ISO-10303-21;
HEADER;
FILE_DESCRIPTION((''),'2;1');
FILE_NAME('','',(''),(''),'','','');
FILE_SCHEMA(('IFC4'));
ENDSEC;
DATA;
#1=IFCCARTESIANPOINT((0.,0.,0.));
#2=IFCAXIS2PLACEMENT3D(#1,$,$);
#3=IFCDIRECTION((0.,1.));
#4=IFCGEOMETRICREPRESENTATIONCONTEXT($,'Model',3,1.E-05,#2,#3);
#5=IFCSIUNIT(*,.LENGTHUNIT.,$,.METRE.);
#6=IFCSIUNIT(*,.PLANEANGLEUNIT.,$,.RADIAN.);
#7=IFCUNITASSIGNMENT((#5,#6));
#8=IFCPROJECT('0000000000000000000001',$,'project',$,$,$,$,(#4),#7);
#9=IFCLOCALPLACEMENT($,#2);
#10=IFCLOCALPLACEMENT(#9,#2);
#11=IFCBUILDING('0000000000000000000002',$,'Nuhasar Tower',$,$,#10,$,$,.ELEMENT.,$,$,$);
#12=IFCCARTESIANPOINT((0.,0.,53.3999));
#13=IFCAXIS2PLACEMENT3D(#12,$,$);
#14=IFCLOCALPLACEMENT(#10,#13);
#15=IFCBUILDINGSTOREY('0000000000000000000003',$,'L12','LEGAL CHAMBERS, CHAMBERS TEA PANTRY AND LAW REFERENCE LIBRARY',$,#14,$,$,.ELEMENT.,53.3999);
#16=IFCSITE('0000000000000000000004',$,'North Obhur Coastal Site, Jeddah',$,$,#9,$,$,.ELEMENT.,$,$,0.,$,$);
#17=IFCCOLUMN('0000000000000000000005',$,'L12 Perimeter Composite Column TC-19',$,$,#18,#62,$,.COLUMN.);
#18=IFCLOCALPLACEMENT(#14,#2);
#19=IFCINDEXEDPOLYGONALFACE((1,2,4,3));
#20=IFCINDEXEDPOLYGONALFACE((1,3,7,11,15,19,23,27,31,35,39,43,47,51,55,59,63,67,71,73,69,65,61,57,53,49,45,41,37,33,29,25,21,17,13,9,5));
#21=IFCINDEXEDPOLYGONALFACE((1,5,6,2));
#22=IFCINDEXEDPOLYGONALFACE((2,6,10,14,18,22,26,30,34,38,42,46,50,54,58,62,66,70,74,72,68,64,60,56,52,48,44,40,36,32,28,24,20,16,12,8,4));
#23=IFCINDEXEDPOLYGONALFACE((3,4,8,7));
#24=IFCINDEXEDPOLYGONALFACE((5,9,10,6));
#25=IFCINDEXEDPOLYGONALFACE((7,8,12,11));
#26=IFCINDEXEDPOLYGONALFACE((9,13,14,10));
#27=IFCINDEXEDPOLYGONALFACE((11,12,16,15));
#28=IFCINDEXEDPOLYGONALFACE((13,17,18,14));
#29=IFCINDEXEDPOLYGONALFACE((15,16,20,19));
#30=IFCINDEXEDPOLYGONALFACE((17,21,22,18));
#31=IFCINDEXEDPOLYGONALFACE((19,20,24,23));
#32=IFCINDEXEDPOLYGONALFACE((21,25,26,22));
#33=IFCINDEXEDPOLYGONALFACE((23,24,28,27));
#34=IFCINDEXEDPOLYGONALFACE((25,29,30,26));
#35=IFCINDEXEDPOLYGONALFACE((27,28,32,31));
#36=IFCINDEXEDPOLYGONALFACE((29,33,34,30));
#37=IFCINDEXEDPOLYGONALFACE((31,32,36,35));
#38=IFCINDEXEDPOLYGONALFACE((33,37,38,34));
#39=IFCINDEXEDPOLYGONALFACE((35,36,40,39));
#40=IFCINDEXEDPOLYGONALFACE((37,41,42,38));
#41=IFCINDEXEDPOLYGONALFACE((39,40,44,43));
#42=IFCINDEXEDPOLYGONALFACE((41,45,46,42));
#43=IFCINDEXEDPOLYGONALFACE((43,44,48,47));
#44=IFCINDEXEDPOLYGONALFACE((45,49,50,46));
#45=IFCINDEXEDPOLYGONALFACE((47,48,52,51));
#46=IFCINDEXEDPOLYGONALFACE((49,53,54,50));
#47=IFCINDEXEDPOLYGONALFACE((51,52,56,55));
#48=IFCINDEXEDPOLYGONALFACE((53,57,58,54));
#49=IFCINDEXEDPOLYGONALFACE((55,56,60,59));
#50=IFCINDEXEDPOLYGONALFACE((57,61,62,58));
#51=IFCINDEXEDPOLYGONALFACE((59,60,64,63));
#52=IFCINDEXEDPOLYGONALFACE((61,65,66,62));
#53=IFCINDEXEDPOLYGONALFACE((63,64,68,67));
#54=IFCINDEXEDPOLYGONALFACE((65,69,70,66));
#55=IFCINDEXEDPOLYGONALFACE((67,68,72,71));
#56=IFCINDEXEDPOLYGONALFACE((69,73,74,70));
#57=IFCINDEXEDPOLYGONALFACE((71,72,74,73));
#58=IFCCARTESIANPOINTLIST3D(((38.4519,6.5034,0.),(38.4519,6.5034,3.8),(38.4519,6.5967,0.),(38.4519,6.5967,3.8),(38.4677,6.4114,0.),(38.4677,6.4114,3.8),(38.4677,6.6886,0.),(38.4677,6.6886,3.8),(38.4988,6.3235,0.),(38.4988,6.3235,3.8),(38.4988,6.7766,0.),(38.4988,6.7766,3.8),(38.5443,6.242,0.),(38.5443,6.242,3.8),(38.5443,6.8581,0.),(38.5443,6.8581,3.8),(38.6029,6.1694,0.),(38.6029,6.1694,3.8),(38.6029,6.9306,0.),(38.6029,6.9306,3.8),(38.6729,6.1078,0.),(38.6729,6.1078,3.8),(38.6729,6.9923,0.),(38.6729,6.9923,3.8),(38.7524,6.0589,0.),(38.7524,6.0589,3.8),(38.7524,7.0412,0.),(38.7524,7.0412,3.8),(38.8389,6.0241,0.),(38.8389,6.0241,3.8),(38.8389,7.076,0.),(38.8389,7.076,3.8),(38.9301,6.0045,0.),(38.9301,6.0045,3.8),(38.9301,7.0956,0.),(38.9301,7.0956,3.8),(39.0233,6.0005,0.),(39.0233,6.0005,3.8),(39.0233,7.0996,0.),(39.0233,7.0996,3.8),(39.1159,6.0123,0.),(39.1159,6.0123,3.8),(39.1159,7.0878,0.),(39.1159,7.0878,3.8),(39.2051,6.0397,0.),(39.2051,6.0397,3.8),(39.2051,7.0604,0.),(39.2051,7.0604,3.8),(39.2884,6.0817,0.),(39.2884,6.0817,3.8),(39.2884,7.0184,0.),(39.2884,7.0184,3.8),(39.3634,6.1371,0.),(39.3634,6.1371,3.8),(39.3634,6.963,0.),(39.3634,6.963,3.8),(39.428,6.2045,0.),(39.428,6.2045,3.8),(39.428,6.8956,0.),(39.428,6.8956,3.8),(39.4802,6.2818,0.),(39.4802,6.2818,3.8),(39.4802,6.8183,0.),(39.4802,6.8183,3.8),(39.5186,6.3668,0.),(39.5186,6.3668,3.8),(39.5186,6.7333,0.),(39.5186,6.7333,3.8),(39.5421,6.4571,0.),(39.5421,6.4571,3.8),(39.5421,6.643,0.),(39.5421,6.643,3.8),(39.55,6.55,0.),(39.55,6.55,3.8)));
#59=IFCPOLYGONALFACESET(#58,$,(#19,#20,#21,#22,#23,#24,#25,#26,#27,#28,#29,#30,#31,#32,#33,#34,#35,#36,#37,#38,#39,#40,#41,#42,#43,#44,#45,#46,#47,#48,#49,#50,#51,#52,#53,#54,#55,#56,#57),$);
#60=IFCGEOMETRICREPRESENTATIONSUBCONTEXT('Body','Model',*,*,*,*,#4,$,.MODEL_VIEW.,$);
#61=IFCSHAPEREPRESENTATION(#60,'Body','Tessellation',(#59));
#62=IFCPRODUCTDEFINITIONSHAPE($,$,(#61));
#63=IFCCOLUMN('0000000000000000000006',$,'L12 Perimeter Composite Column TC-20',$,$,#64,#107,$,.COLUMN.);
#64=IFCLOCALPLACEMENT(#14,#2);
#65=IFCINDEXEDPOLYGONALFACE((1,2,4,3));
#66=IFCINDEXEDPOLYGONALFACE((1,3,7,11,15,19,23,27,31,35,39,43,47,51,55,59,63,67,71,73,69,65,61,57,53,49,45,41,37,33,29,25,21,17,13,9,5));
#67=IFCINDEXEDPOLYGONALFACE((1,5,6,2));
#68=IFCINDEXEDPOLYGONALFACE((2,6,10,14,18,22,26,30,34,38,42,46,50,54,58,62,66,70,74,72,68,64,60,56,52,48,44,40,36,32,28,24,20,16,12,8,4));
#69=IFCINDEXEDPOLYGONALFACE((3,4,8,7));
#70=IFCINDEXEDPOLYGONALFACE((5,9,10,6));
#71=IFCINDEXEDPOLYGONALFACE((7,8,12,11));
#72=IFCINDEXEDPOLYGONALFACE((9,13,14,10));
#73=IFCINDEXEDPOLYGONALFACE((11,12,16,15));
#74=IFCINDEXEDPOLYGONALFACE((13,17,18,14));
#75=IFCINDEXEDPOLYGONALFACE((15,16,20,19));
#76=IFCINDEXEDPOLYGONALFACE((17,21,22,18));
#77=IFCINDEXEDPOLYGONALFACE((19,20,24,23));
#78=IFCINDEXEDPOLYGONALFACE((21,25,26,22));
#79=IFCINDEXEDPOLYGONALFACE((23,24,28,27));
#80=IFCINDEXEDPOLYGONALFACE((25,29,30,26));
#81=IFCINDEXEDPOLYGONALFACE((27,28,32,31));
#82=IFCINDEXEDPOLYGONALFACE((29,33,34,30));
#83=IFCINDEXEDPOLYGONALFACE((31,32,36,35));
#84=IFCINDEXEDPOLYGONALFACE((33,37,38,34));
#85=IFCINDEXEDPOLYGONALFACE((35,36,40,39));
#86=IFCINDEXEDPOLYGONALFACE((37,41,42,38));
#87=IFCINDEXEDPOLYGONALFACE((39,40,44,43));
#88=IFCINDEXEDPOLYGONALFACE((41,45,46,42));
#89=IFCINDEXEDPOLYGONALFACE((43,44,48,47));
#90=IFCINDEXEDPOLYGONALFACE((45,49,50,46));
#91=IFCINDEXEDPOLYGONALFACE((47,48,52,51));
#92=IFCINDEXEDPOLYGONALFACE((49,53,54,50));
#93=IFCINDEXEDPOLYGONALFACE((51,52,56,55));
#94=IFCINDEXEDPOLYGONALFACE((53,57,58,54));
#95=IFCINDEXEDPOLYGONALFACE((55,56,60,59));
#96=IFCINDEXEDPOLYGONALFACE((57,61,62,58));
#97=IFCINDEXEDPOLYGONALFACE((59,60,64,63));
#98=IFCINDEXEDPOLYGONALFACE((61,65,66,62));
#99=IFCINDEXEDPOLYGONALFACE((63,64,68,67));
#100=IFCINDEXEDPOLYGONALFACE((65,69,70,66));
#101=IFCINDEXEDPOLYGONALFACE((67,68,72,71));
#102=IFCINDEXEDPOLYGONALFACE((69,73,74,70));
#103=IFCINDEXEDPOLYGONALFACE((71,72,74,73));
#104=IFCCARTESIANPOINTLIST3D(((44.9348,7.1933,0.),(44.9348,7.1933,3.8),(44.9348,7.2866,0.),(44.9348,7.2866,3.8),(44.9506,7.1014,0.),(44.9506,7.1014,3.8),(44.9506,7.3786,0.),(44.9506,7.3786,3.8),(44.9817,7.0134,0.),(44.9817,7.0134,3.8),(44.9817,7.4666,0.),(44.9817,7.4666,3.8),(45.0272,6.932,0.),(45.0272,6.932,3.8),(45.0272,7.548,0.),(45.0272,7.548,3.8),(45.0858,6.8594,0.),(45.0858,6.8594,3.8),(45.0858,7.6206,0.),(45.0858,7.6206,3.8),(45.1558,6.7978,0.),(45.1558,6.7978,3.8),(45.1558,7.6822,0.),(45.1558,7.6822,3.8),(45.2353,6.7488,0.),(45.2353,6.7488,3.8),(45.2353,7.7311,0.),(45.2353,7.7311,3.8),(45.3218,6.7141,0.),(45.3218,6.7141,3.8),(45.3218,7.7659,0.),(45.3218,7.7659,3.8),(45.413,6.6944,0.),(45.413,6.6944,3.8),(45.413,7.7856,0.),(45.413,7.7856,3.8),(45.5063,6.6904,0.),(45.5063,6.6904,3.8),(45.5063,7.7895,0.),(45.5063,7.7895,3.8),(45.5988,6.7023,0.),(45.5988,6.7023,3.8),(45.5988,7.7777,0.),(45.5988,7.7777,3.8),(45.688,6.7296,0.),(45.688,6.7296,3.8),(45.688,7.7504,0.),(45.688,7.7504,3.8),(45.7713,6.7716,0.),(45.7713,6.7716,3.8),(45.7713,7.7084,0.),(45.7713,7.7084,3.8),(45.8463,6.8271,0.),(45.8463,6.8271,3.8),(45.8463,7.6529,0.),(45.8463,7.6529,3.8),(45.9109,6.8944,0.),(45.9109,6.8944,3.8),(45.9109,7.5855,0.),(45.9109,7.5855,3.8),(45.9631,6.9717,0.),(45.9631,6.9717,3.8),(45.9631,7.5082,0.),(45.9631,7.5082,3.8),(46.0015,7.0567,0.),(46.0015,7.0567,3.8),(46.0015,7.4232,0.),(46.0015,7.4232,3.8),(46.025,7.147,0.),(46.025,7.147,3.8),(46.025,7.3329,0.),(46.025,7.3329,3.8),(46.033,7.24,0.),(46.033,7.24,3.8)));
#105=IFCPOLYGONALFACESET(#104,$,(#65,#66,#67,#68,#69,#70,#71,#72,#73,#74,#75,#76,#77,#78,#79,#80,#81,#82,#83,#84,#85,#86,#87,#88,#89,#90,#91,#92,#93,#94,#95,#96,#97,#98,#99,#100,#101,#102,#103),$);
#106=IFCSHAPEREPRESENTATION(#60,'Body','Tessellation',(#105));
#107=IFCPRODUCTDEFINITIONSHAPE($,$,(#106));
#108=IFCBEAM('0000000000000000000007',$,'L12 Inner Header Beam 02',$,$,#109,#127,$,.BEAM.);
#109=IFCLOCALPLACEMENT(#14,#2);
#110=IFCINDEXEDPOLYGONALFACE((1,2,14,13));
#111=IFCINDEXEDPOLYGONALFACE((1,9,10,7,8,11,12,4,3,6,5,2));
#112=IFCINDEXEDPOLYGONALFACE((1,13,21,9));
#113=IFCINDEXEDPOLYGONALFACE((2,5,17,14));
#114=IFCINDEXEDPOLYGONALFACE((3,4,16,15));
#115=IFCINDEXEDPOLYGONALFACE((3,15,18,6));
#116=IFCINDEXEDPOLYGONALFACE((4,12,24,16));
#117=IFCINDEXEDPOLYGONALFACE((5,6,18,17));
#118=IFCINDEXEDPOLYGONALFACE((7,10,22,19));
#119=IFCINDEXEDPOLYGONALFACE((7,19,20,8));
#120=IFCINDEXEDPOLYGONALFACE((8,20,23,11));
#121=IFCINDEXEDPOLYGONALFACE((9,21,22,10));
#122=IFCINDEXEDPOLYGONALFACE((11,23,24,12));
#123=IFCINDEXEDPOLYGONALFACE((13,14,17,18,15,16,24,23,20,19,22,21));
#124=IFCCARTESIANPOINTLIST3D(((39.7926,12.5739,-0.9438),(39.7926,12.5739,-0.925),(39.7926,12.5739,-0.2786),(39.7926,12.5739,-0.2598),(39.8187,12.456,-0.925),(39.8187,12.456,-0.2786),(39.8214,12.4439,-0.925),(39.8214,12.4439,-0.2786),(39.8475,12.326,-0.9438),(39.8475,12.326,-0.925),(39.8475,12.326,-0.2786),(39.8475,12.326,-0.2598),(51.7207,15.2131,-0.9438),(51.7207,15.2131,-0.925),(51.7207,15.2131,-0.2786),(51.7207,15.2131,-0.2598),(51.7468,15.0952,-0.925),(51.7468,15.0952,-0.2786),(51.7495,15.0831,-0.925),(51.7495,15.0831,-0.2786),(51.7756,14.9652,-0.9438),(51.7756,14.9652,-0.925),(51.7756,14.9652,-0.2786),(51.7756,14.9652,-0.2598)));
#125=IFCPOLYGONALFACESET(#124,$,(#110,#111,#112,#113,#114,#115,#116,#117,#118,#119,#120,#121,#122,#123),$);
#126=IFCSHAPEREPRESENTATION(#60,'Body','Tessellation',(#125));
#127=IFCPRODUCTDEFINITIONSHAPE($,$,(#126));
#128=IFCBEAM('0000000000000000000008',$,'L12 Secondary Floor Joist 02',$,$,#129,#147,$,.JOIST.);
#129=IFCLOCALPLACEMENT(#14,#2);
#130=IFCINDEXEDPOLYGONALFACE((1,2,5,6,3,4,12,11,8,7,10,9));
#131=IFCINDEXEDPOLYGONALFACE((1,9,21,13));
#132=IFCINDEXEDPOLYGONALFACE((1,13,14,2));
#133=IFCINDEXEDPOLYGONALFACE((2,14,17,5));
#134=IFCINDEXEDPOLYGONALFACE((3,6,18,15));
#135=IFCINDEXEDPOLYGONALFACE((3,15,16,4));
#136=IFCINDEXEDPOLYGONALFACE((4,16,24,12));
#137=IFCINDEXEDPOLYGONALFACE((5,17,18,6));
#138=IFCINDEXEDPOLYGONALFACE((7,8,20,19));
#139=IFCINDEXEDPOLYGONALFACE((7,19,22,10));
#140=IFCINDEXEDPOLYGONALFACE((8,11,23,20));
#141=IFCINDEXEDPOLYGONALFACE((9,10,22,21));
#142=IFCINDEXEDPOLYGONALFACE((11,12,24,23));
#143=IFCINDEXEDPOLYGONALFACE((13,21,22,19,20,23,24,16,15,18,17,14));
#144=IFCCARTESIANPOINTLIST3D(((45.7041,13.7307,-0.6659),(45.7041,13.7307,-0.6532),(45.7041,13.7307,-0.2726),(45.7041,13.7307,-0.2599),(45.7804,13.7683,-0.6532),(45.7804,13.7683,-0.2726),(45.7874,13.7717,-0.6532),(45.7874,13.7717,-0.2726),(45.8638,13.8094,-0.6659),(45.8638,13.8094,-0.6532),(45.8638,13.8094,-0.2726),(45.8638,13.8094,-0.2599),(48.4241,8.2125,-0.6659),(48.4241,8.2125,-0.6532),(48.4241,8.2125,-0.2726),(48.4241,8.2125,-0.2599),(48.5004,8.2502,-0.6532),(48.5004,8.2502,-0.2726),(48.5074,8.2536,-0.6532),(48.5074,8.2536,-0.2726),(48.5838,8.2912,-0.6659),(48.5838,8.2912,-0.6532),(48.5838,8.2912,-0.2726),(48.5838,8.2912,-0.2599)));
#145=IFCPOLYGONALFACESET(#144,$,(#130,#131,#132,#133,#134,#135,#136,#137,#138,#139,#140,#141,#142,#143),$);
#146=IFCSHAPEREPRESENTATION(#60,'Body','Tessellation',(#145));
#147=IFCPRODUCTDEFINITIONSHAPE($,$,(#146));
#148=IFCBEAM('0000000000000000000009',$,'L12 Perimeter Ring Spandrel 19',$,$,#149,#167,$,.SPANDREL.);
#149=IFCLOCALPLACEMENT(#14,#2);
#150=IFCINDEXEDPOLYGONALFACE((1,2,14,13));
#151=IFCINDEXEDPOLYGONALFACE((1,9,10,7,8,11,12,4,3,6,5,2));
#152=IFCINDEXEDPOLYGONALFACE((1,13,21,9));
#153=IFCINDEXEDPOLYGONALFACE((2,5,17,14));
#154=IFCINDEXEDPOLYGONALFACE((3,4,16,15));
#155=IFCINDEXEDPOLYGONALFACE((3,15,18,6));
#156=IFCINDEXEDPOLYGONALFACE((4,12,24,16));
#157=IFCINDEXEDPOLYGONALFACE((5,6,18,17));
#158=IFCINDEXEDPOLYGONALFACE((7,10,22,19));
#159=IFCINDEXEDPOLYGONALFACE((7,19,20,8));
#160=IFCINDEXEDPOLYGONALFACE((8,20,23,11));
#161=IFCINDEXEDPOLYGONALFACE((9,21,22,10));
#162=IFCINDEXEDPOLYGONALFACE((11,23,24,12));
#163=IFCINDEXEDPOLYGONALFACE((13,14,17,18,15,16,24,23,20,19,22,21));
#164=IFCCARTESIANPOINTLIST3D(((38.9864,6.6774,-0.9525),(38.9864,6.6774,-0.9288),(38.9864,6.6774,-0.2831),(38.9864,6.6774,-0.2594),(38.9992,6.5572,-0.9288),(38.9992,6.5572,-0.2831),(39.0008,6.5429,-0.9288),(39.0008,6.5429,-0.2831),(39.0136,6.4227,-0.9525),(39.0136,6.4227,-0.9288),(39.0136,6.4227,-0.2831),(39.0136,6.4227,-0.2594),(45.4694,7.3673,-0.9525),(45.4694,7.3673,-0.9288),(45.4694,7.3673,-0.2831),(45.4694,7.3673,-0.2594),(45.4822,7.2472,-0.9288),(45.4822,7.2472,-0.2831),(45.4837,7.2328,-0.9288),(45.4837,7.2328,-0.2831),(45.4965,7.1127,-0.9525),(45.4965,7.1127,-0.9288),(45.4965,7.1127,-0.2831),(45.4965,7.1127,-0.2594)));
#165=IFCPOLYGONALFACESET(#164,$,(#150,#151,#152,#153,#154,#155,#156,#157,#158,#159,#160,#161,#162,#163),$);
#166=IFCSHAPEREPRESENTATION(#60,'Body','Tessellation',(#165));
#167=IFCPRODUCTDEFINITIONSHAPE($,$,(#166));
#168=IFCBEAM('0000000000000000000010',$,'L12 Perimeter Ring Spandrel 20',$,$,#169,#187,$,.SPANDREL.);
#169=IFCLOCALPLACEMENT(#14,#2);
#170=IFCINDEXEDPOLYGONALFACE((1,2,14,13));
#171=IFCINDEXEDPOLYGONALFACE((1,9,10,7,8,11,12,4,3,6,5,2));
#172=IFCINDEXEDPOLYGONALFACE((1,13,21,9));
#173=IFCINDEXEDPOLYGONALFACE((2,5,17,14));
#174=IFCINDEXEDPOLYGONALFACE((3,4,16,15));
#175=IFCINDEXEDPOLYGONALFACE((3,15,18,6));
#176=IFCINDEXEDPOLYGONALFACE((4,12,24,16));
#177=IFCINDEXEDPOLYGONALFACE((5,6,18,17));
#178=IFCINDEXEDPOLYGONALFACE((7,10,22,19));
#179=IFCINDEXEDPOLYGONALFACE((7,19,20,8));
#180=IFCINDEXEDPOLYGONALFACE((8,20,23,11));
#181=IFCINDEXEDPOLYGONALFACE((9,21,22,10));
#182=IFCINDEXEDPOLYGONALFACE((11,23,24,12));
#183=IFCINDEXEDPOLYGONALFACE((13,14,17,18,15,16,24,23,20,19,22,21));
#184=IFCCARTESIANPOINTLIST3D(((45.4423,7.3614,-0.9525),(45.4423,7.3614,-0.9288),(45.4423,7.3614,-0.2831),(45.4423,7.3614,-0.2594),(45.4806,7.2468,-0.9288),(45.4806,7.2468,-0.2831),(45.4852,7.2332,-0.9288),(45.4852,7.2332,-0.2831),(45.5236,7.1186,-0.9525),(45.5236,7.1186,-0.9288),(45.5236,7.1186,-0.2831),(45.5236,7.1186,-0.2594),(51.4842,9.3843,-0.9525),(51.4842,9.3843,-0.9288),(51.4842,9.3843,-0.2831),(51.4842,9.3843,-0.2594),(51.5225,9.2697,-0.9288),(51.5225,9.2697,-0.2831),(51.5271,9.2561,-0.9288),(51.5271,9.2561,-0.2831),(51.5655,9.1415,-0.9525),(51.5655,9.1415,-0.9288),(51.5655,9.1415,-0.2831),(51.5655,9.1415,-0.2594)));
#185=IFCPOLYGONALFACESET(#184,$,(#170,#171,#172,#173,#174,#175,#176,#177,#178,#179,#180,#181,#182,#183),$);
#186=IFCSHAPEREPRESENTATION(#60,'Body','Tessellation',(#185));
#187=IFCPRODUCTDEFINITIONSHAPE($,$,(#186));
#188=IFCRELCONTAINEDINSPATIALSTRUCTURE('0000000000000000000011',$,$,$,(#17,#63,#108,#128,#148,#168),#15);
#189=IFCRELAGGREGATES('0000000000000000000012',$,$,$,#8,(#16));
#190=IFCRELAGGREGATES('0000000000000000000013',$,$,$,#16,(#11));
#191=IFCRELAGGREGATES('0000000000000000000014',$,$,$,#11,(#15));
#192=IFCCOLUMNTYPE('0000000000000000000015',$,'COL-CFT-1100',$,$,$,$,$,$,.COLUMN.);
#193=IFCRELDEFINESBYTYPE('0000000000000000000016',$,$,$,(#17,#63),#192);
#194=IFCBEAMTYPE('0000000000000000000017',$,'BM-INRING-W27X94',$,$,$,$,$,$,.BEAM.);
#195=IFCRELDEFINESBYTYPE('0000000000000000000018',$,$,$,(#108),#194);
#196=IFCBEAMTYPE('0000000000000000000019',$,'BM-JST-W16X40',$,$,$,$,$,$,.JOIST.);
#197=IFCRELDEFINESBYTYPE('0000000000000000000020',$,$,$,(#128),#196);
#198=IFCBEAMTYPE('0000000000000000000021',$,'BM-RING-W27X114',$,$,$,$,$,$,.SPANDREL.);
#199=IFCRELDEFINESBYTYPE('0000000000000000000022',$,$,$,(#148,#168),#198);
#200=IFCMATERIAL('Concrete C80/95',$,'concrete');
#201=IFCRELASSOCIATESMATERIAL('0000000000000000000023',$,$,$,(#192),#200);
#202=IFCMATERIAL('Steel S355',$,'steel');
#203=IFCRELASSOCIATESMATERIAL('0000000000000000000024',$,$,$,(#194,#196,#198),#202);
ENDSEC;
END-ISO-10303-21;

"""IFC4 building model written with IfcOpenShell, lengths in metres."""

from ifc_helpers import new_model, si_unit, direction, frame, origin, origin_2d, place, context, subcontext, project, spatial, circle, i_section, extrude, material, material_profile, profile_set, type_object, element, save


model = new_model("IFC4")

# Units and contexts
model_context = context("Model", 3, precision=1e-05, world=origin(), true_north=direction((0.0, 1.0)))
body_context = subcontext(model_context, "Body", "Model", "MODEL_VIEW")
ifc_project = project(units=[si_unit("LENGTHUNIT", "METRE"), si_unit("PLANEANGLEUNIT", "RADIAN")], contexts=[model_context])

# Site, building, storey
site_placement = place(None, origin())
site = spatial("IfcSite", under=ifc_project, at=site_placement, Name="North Obhur Coastal Site, Jeddah", CompositionType="ELEMENT", RefElevation=0.0)
building_placement = place(site_placement, origin())
building = spatial("IfcBuilding", under=site, at=building_placement, Name="Nuhasar Tower", CompositionType="ELEMENT")
storey_placement = place(building_placement, frame((0.0, 0.0, 53.3999)))
storey = spatial("IfcBuildingStorey", under=building, at=storey_placement, Name="L12", Description="LEGAL CHAMBERS, CHAMBERS TEA PANTRY AND LAW REFERENCE LIBRARY", CompositionType="ELEMENT", Elevation=53.3999)

# Columns
ifc_material_1 = material(Name="Concrete C80/95", Category="concrete")
ifc_material_profile_1 = material_profile(ifc_material_1, circle(Radius=0.55, at=origin_2d()), Name="CFT1100")
ifc_profile_set_1 = profile_set([ifc_material_profile_1], Name="Concrete C80/95")
column_type = type_object("IfcColumnType", Name="COL-CFT-1100", PredefinedType="COLUMN", material=ifc_profile_set_1)
for number, where, z_axis, x_axis, name in (
    (1, (39.0, 6.55, 0.0), (0.0, 0.0, 1.0), (1.0, 0.0, 0.0), "L12 Perimeter Composite Column TC-19"),
    (2, (45.4829, 7.24, 0.0), (0.0, 0.0, 1.0), (1.0, 0.0, 0.0), "L12 Perimeter Composite Column TC-20"),
):
    element("IfcColumn", number, at=place(storey_placement, frame(where, z_axis=z_axis, x_axis=x_axis)), inside=storey, type_object=column_type, Name=name, PredefinedType="COLUMN", context=body_context, shape_type="SweptSolid", body=[
        extrude(circle(Radius=0.55, at=origin_2d()), origin(), (0.0, 0.0, 1.0), 3.8),
    ])

# Beams
ifc_material_2 = material(Name="Steel S355", Category="steel")
ifc_material_profile_2 = material_profile(ifc_material_2, i_section(OverallWidth=0.2539, OverallDepth=0.6841, WebThickness=0.0125, FlangeThickness=0.0188, at=origin_2d()), Name="W27X94")
ifc_profile_set_2 = profile_set([ifc_material_profile_2], Name="Steel S355")
beam_type_1 = type_object("IfcBeamType", Name="BM-INRING-W27X94", PredefinedType="BEAM", material=ifc_profile_set_2)
beam_1_placement = place(storey_placement, frame((39.8201, 12.45, -0.6018), z_axis=(0.976386, 0.216033, 0.0), x_axis=(-0.216033, 0.976386, 0.0)))
element("IfcBeam", 3, at=beam_1_placement, inside=storey, type_object=beam_type_1, Name="L12 Inner Header Beam 02", PredefinedType="BEAM", context=body_context, shape_type="SweptSolid", body=[
    extrude(i_section(OverallWidth=0.2539, OverallDepth=0.6841, WebThickness=0.0125, FlangeThickness=0.0188, at=origin_2d()), origin(), (0.0, 0.0, 1.0), 12.2166),
])
ifc_material_profile_3 = material_profile(ifc_material_2, i_section(OverallWidth=0.178, OverallDepth=0.406, WebThickness=0.0078, FlangeThickness=0.0127, at=origin_2d()), Name="W16X40")
ifc_profile_set_3 = profile_set([ifc_material_profile_3], Name="Steel S355")
beam_type_2 = type_object("IfcBeamType", Name="BM-JST-W16X40", PredefinedType="JOIST", material=ifc_profile_set_3)
beam_2_placement = place(storey_placement, frame((45.7839, 13.77, -0.4629), z_axis=(0.442127, -0.896953, 0.0), x_axis=(0.896953, 0.442127, 0.0)))
element("IfcBeam", 4, at=beam_2_placement, inside=storey, type_object=beam_type_2, Name="L12 Secondary Floor Joist 02", PredefinedType="JOIST", context=body_context, shape_type="SweptSolid", body=[
    extrude(i_section(OverallWidth=0.178, OverallDepth=0.406, WebThickness=0.0078, FlangeThickness=0.0127, at=origin_2d()), origin(), (0.0, 0.0, 1.0), 6.1521),
])
ifc_material_profile_4 = material_profile(ifc_material_2, i_section(OverallWidth=0.2561, OverallDepth=0.6931, WebThickness=0.0144, FlangeThickness=0.0237, at=origin_2d()), Name="W27X114")
ifc_profile_set_4 = profile_set([ifc_material_profile_4], Name="Steel S355")
beam_type_3 = type_object("IfcBeamType", Name="BM-RING-W27X114", PredefinedType="SPANDREL", material=ifc_profile_set_4)
beam_3_placement = place(storey_placement, frame((39.0, 6.55, -0.606), z_axis=(0.994385, 0.105827, 0.0), x_axis=(-0.105827, 0.994385, 0.0)))
element("IfcBeam", 5, at=beam_3_placement, inside=storey, type_object=beam_type_3, Name="L12 Perimeter Ring Spandrel 19", PredefinedType="SPANDREL", context=body_context, shape_type="SweptSolid", body=[
    extrude(i_section(OverallWidth=0.2561, OverallDepth=0.6931, WebThickness=0.0144, FlangeThickness=0.0237, at=origin_2d()), origin(), (0.0, 0.0, 1.0), 6.5195),
])
beam_4_placement = place(storey_placement, frame((45.4829, 7.24, -0.606), z_axis=(0.948261, 0.317492, 0.0), x_axis=(-0.317492, 0.948261, 0.0)))
element("IfcBeam", 6, at=beam_4_placement, inside=storey, type_object=beam_type_3, Name="L12 Perimeter Ring Spandrel 20", PredefinedType="SPANDREL", context=body_context, shape_type="SweptSolid", body=[
    extrude(i_section(OverallWidth=0.2561, OverallDepth=0.6931, WebThickness=0.0144, FlangeThickness=0.0237, at=origin_2d()), origin(), (0.0, 0.0, 1.0), 6.3716),
])

save(model, "model.ifc")
